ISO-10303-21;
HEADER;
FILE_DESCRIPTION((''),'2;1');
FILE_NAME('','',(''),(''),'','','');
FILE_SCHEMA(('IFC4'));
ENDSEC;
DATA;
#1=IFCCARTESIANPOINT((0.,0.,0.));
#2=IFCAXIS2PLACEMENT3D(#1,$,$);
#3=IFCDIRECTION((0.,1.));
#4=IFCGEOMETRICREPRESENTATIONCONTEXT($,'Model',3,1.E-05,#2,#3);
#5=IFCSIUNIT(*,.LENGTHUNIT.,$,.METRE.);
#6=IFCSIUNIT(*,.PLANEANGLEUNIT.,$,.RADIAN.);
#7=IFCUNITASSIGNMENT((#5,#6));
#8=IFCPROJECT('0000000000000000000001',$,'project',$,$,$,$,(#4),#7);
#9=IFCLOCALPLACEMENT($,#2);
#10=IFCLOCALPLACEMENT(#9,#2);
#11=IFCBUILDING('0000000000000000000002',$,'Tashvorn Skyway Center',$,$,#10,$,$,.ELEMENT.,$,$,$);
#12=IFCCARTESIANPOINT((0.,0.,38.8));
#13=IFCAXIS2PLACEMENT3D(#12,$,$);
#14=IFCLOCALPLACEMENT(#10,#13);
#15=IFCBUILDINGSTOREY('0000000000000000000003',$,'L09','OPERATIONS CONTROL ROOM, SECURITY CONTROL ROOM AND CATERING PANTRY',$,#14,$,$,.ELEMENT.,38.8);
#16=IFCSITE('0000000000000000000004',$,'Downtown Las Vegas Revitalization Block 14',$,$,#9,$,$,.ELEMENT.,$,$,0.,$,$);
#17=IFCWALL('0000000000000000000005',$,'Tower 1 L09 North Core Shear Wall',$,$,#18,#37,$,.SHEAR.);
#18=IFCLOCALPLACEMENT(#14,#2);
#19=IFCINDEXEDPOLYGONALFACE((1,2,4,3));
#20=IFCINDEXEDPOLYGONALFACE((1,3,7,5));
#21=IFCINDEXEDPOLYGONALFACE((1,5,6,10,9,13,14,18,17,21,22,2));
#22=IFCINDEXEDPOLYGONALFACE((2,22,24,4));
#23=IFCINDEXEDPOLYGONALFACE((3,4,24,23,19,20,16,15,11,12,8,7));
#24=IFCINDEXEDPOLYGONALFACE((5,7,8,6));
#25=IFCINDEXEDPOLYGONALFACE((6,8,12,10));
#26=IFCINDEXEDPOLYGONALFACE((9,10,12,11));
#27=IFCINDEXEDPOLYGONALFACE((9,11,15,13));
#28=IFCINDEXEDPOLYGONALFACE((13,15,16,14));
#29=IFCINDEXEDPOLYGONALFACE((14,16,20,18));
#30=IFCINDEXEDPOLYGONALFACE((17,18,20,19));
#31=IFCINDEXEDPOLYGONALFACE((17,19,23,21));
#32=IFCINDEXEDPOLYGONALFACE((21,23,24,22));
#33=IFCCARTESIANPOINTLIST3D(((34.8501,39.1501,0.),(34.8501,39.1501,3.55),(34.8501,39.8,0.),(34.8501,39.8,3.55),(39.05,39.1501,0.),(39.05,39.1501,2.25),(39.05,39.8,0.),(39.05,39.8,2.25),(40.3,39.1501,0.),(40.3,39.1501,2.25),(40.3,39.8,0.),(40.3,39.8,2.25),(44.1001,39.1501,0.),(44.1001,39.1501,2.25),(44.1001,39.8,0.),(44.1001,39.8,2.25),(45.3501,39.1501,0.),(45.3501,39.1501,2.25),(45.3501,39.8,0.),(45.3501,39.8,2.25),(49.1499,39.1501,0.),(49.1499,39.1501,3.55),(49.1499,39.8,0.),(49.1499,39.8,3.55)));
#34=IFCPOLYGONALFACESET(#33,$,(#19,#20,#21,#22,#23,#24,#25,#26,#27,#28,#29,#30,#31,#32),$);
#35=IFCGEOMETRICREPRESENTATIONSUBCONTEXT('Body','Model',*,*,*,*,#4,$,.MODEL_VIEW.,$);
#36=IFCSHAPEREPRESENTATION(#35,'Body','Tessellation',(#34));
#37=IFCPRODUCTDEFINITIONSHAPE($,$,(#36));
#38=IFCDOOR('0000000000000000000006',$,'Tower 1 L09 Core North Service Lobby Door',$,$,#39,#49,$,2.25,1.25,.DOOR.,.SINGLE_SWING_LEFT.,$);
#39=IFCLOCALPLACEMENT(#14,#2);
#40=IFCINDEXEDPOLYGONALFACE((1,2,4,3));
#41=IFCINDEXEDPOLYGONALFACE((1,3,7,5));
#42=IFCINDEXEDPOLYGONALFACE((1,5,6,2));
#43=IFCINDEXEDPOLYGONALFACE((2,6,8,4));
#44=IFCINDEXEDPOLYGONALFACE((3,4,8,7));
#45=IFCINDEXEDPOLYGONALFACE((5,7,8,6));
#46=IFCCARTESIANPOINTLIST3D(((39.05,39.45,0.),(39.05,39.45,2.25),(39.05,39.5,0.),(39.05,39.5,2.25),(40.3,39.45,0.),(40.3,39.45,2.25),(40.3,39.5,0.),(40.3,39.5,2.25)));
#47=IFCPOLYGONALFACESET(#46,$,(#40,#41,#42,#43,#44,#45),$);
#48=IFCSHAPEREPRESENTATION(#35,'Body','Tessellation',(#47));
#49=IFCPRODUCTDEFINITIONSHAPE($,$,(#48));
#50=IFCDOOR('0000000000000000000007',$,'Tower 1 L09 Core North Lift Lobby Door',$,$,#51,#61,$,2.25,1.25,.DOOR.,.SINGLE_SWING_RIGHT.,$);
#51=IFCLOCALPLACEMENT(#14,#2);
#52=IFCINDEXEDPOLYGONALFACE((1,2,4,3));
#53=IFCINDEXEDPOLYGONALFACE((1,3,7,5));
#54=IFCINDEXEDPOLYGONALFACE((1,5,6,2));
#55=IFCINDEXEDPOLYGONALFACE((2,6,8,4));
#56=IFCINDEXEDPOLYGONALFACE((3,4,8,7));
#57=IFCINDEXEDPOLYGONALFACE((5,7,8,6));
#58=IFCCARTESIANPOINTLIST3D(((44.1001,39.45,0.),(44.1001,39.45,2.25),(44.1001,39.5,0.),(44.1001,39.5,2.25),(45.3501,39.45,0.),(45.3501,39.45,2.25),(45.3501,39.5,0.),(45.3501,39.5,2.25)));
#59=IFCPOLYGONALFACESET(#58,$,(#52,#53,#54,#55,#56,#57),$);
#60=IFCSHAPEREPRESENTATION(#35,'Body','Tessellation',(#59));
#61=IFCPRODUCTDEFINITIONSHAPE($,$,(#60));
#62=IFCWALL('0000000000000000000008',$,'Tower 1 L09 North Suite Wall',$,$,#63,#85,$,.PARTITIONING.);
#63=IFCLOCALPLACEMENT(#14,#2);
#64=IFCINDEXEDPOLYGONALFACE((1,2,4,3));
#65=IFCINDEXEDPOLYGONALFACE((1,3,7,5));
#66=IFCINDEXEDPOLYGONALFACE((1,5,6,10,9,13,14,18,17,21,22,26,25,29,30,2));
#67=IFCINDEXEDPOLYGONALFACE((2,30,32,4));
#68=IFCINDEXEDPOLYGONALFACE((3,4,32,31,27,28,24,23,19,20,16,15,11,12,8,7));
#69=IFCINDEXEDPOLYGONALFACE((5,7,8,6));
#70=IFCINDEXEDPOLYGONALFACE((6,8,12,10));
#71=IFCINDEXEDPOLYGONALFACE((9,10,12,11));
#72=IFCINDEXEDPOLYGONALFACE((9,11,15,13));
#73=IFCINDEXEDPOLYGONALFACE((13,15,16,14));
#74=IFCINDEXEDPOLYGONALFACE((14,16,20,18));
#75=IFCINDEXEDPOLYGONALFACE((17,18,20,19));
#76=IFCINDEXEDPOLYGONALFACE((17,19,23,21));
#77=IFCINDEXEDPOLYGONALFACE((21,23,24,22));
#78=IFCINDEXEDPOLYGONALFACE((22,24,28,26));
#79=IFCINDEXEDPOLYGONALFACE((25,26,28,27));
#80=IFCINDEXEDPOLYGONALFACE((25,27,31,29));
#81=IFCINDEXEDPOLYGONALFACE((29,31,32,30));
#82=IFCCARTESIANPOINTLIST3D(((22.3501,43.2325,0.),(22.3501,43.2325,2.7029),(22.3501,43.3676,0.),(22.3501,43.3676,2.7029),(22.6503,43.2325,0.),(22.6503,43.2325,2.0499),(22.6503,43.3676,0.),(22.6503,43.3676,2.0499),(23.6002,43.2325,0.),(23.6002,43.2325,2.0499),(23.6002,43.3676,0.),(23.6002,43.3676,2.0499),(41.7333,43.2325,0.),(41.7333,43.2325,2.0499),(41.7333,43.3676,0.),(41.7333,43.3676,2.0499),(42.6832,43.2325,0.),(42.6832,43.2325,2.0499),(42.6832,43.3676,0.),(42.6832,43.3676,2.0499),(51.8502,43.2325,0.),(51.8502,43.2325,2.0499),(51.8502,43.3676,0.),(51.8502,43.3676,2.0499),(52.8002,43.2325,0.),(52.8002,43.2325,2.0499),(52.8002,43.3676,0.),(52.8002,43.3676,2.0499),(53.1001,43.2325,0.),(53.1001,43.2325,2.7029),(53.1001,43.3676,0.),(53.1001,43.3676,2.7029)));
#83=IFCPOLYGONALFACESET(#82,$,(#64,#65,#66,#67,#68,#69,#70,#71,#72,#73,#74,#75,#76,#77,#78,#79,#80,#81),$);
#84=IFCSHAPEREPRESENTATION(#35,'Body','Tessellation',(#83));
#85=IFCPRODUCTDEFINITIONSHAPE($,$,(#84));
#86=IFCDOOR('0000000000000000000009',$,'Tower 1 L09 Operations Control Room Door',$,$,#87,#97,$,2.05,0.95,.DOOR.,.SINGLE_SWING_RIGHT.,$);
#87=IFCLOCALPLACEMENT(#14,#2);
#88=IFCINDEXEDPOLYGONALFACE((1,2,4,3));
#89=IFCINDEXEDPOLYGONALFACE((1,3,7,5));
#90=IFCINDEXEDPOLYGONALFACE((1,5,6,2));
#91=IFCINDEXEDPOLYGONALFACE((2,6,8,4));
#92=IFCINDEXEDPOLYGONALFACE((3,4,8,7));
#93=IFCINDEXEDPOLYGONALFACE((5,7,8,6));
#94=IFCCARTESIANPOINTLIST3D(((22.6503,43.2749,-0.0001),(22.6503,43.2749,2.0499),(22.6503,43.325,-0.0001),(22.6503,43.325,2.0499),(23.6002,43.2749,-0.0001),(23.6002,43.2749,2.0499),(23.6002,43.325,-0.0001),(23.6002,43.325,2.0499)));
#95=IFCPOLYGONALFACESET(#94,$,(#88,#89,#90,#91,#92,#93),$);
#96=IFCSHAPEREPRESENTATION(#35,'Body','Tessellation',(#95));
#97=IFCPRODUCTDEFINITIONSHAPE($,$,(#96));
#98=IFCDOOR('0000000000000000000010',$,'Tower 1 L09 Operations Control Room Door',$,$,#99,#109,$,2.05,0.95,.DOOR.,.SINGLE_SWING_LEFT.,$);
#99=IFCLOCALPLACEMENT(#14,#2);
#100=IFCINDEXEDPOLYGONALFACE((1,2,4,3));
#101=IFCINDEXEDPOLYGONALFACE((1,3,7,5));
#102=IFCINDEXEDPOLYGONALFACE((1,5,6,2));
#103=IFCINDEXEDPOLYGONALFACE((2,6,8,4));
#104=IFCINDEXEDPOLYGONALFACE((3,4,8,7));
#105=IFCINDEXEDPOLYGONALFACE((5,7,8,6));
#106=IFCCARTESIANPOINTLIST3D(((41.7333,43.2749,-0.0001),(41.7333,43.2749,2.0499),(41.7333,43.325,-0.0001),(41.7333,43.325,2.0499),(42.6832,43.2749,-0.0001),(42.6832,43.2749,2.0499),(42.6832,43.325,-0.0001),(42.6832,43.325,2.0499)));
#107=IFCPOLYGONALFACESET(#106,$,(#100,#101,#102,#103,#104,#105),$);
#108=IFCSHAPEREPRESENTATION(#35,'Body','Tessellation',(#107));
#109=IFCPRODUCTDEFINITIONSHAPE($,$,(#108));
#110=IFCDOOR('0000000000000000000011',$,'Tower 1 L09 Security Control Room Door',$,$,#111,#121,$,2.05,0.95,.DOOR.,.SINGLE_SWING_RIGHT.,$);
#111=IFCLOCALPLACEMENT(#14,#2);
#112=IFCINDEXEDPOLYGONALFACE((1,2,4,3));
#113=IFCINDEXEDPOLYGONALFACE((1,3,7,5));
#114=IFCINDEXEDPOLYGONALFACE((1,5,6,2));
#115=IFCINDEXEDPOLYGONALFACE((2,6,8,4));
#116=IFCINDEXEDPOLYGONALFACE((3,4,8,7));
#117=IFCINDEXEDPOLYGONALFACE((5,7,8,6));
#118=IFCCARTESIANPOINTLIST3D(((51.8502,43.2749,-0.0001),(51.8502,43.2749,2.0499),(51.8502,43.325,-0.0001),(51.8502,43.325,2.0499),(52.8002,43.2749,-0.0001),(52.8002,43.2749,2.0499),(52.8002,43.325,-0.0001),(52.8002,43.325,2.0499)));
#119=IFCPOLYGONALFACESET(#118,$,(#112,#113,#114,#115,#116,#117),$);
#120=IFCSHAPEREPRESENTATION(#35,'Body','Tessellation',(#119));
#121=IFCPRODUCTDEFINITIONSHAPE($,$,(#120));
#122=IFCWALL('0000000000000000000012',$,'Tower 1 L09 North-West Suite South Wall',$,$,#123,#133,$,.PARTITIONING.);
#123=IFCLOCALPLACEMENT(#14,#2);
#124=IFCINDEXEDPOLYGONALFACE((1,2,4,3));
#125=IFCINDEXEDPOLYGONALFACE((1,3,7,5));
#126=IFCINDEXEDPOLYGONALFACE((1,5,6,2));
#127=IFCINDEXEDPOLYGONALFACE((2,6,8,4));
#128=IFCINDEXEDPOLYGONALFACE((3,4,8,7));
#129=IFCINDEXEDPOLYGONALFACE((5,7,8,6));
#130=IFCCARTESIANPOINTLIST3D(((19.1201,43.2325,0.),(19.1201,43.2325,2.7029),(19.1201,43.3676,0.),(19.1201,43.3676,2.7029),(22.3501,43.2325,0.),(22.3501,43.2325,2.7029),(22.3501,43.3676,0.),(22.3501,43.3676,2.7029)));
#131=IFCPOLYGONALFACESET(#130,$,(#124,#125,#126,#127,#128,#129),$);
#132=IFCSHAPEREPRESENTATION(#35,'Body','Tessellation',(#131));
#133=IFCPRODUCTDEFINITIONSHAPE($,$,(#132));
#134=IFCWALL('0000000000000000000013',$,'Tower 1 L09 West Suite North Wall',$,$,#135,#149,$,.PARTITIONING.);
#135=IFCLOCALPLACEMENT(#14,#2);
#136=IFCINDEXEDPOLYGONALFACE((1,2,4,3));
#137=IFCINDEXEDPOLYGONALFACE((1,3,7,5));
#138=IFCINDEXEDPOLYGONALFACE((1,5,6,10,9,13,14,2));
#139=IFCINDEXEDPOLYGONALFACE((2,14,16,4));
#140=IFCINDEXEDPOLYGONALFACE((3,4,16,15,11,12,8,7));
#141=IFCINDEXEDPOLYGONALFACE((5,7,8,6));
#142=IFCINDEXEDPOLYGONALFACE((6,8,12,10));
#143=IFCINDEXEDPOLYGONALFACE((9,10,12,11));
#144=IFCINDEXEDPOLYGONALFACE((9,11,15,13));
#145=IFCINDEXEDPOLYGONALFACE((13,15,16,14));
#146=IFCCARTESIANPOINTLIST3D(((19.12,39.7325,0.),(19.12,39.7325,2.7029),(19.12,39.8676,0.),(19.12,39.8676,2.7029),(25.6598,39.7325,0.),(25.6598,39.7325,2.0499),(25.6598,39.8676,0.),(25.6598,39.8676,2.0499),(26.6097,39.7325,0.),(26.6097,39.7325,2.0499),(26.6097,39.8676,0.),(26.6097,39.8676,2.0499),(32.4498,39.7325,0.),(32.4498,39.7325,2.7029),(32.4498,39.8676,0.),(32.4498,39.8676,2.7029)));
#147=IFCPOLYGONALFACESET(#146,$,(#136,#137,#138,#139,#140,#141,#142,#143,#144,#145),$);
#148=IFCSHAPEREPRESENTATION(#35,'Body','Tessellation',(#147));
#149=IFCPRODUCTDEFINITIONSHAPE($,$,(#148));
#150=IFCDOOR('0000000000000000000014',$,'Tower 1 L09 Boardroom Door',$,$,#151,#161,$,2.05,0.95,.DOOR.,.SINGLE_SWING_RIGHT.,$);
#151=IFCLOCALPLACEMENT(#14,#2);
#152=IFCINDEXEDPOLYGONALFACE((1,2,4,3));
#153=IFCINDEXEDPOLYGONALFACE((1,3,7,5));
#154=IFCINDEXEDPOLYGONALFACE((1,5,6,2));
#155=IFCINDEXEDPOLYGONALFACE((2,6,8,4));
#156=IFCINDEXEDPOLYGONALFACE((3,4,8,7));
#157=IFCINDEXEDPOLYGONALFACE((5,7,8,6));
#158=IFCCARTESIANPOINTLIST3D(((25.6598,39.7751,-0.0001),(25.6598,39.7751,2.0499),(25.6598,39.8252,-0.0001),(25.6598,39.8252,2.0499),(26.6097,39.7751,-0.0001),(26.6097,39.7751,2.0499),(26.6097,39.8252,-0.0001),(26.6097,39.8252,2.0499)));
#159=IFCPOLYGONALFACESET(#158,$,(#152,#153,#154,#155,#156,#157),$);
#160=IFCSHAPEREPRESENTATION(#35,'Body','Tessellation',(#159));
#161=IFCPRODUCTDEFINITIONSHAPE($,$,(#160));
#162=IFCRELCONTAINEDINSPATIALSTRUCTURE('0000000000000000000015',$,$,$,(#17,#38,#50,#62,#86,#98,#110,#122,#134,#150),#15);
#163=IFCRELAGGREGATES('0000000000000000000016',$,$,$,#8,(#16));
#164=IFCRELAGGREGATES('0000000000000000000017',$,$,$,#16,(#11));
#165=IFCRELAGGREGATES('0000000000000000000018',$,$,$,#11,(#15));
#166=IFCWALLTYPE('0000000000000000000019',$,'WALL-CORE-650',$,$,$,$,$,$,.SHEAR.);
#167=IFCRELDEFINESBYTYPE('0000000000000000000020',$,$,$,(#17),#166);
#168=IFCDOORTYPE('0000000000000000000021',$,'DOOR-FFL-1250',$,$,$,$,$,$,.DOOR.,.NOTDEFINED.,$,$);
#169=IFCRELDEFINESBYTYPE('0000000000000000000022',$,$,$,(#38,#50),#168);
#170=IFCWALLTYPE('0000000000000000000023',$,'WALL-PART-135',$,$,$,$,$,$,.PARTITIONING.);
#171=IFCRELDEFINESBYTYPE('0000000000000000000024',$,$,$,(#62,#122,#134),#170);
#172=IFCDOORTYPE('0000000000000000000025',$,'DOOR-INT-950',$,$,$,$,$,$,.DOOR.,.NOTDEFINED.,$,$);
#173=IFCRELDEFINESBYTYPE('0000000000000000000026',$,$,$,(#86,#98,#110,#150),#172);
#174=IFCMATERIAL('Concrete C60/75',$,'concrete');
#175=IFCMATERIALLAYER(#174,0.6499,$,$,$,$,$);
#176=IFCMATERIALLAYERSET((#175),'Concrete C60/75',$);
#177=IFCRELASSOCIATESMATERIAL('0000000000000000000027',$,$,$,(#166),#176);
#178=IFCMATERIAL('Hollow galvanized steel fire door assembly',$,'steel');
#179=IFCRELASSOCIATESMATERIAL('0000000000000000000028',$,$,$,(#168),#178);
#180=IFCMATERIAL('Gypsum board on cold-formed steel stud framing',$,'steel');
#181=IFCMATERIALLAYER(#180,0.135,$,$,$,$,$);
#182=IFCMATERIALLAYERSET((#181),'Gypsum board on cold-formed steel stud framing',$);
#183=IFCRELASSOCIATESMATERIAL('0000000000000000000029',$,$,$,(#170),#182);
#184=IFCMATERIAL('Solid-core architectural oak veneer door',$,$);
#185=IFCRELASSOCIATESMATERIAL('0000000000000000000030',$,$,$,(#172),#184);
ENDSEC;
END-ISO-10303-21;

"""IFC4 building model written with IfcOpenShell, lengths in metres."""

from ifc_helpers import new_model, si_unit, direction, frame, frame_2d, origin, place, context, subcontext, project, spatial, rectangle, extrude, material, layer, layer_set, type_object, element, fill, save


model = new_model("IFC4")

# Units and contexts
model_context = context("Model", 3, precision=1e-05, world=origin(), true_north=direction((0.0, 1.0)))
body_context = subcontext(model_context, "Body", "Model", "MODEL_VIEW")
ifc_project = project(units=[si_unit("LENGTHUNIT", "METRE"), si_unit("PLANEANGLEUNIT", "RADIAN")], contexts=[model_context])

# Site, building, storey
site_placement = place(None, origin())
site = spatial("IfcSite", under=ifc_project, at=site_placement, Name="Downtown Las Vegas Revitalization Block 14", CompositionType="ELEMENT", RefElevation=0.0)
building_placement = place(site_placement, origin())
building = spatial("IfcBuilding", under=site, at=building_placement, Name="Tashvorn Skyway Center", CompositionType="ELEMENT")
storey_placement = place(building_placement, frame((0.0, 0.0, 38.8)))
storey = spatial("IfcBuildingStorey", under=building, at=storey_placement, Name="L09", Description="OPERATIONS CONTROL ROOM, SECURITY CONTROL ROOM AND CATERING PANTRY", CompositionType="ELEMENT", Elevation=38.8)

# Walls, openings, doors
ifc_material_1 = material(Name="Concrete C60/75", Category="concrete")
ifc_layer_1 = layer(ifc_material_1, 0.6499)
ifc_layer_set_1 = layer_set([ifc_layer_1], Name="Concrete C60/75")
wall_type_1 = type_object("IfcWallType", Name="WALL-CORE-650", PredefinedType="SHEAR", material=ifc_layer_set_1)
wall_1_placement = place(storey_placement, frame((34.8501, 39.4751, 0.0), z_axis=(0.0, 0.0, 1.0), x_axis=(1.0, 0.0, 0.0)))
wall_1 = element("IfcWall", 1, at=wall_1_placement, inside=storey, type_object=wall_type_1, Name="Tower 1 L09 North Core Shear Wall", PredefinedType="SHEAR", context=body_context, shape_type="SweptSolid", body=[
    extrude(rectangle(XDim=14.2998, YDim=0.6499, at=frame_2d((7.1499, 0.0))), origin(), (0.0, 0.0, 1.0), 3.55),
])
opening_1_placement = place(wall_1_placement, frame((4.2, 0.0, 0.0)))
opening_1 = element("IfcOpeningElement", 2, at=opening_1_placement, cuts=wall_1, PredefinedType="OPENING", context=body_context, shape_type="SweptSolid", body=[
    extrude(rectangle(XDim=1.25, YDim=2.25, at=frame_2d((0.625, 1.125))), frame((0.0, 0.335, 0.0), z_axis=(0.0, -1.0, 0.0), x_axis=(1.0, 0.0, 0.0)), (0.0, 0.0, 1.0), 0.6699),
])
opening_2_placement = place(wall_1_placement, frame((9.25, 0.0, 0.0)))
opening_2 = element("IfcOpeningElement", 3, at=opening_2_placement, cuts=wall_1, PredefinedType="OPENING", context=body_context, shape_type="SweptSolid", body=[
    extrude(rectangle(XDim=1.25, YDim=2.25, at=frame_2d((0.625, 1.125))), frame((0.0, 0.335, 0.0), z_axis=(0.0, -1.0, 0.0), x_axis=(1.0, 0.0, 0.0)), (0.0, 0.0, 1.0), 0.6699),
])
ifc_material_2 = material(Name="Hollow galvanized steel fire door assembly", Category="steel")
door_type_1 = type_object("IfcDoorType", Name="DOOR-FFL-1250", OperationType="NOTDEFINED", PredefinedType="DOOR", material=ifc_material_2)
door_1_placement = place(opening_1_placement, origin())
door_1 = element("IfcDoor", 4, at=door_1_placement, inside=storey, type_object=door_type_1, Name="Tower 1 L09 Core North Service Lobby Door", OperationType="SINGLE_SWING_LEFT", OverallHeight=2.25, OverallWidth=1.25, PredefinedType="DOOR", context=body_context, shape_type="SweptSolid", body=[
    extrude(rectangle(XDim=1.25, YDim=2.25, at=frame_2d((0.625, 1.125))), frame((0.0, 0.0249, 0.0), z_axis=(0.0, -1.0, 0.0), x_axis=(1.0, 0.0, 0.0)), (0.0, 0.0, 1.0), 0.05),
])
fill(opening_1, door_1)
door_2_placement = place(opening_2_placement, origin())
door_2 = element("IfcDoor", 5, at=door_2_placement, inside=storey, type_object=door_type_1, Name="Tower 1 L09 Core North Lift Lobby Door", OperationType="SINGLE_SWING_RIGHT", OverallHeight=2.25, OverallWidth=1.25, PredefinedType="DOOR", context=body_context, shape_type="SweptSolid", body=[
    extrude(rectangle(XDim=1.25, YDim=2.25, at=frame_2d((0.625, 1.125))), frame((0.0, 0.0249, 0.0), z_axis=(0.0, -1.0, 0.0), x_axis=(1.0, 0.0, 0.0)), (0.0, 0.0, 1.0), 0.05),
])
fill(opening_2, door_2)
ifc_material_3 = material(Name="Gypsum board on cold-formed steel stud framing", Category="steel")
ifc_layer_2 = layer(ifc_material_3, 0.135)
ifc_layer_set_2 = layer_set([ifc_layer_2], Name="Gypsum board on cold-formed steel stud framing")
wall_type_2 = type_object("IfcWallType", Name="WALL-PART-135", PredefinedType="PARTITIONING", material=ifc_layer_set_2)
wall_2_placement = place(storey_placement, frame((22.3501, 43.3, 0.0), z_axis=(0.0, 0.0, 1.0), x_axis=(1.0, 0.0, 0.0)))
wall_2 = element("IfcWall", 6, at=wall_2_placement, inside=storey, type_object=wall_type_2, Name="Tower 1 L09 North Suite Wall", PredefinedType="PARTITIONING", context=body_context, shape_type="SweptSolid", body=[
    extrude(rectangle(XDim=30.75, YDim=0.135, at=frame_2d((15.375, 0.0))), origin(), (0.0, 0.0, 1.0), 2.7029),
])
opening_3_placement = place(wall_2_placement, frame((0.3, 0.0, 0.0)))
opening_3 = element("IfcOpeningElement", 7, at=opening_3_placement, cuts=wall_2, PredefinedType="OPENING", context=body_context, shape_type="SweptSolid", body=[
    extrude(rectangle(XDim=0.95, YDim=2.05, at=frame_2d((0.4751, 1.0249))), frame((0.0, 0.0774, 0.0), z_axis=(0.0, -1.0, 0.0), x_axis=(1.0, 0.0, 0.0)), (0.0, 0.0, 1.0), 0.155),
])
opening_4_placement = place(wall_2_placement, frame((19.3831, 0.0, 0.0)))
opening_4 = element("IfcOpeningElement", 8, at=opening_4_placement, cuts=wall_2, PredefinedType="OPENING", context=body_context, shape_type="SweptSolid", body=[
    extrude(rectangle(XDim=0.95, YDim=2.05, at=frame_2d((0.4751, 1.0249))), frame((0.0, 0.0774, 0.0), z_axis=(0.0, -1.0, 0.0), x_axis=(1.0, 0.0, 0.0)), (0.0, 0.0, 1.0), 0.155),
])
opening_5_placement = place(wall_2_placement, frame((29.5, 0.0, 0.0)))
opening_5 = element("IfcOpeningElement", 9, at=opening_5_placement, cuts=wall_2, PredefinedType="OPENING", context=body_context, shape_type="SweptSolid", body=[
    extrude(rectangle(XDim=0.95, YDim=2.05, at=frame_2d((0.4751, 1.0249))), frame((0.0, 0.0774, 0.0), z_axis=(0.0, -1.0, 0.0), x_axis=(1.0, 0.0, 0.0)), (0.0, 0.0, 1.0), 0.155),
])
ifc_material_4 = material(Name="Solid-core architectural oak veneer door")
door_type_2 = type_object("IfcDoorType", Name="DOOR-INT-950", OperationType="NOTDEFINED", PredefinedType="DOOR", material=ifc_material_4)
door_3_placement = place(opening_3_placement, origin())
door_3 = element("IfcDoor", 10, at=door_3_placement, inside=storey, type_object=door_type_2, Name="Tower 1 L09 Operations Control Room Door", OperationType="SINGLE_SWING_RIGHT", OverallHeight=2.05, OverallWidth=0.95, PredefinedType="DOOR", context=body_context, shape_type="SweptSolid", body=[
    extrude(rectangle(XDim=0.95, YDim=2.05, at=frame_2d((0.4751, 1.0249))), frame((0.0, 0.0249, 0.0), z_axis=(0.0, -1.0, 0.0), x_axis=(1.0, 0.0, 0.0)), (0.0, 0.0, 1.0), 0.05),
])
fill(opening_3, door_3)
door_4_placement = place(opening_4_placement, origin())
door_4 = element("IfcDoor", 11, at=door_4_placement, inside=storey, type_object=door_type_2, Name="Tower 1 L09 Operations Control Room Door", OperationType="SINGLE_SWING_LEFT", OverallHeight=2.05, OverallWidth=0.95, PredefinedType="DOOR", context=body_context, shape_type="SweptSolid", body=[
    extrude(rectangle(XDim=0.95, YDim=2.05, at=frame_2d((0.4751, 1.0249))), frame((0.0, 0.0249, 0.0), z_axis=(0.0, -1.0, 0.0), x_axis=(1.0, 0.0, 0.0)), (0.0, 0.0, 1.0), 0.05),
])
fill(opening_4, door_4)
door_5_placement = place(opening_5_placement, origin())
door_5 = element("IfcDoor", 12, at=door_5_placement, inside=storey, type_object=door_type_2, Name="Tower 1 L09 Security Control Room Door", OperationType="SINGLE_SWING_RIGHT", OverallHeight=2.05, OverallWidth=0.95, PredefinedType="DOOR", context=body_context, shape_type="SweptSolid", body=[
    extrude(rectangle(XDim=0.95, YDim=2.05, at=frame_2d((0.4751, 1.0249))), frame((0.0, 0.0249, 0.0), z_axis=(0.0, -1.0, 0.0), x_axis=(1.0, 0.0, 0.0)), (0.0, 0.0, 1.0), 0.05),
])
fill(opening_5, door_5)

# Wall
wall_3_placement = place(storey_placement, frame((19.1201, 43.3, 0.0), z_axis=(0.0, 0.0, 1.0), x_axis=(1.0, 0.0, 0.0)))
element("IfcWall", 13, at=wall_3_placement, inside=storey, type_object=wall_type_2, Name="Tower 1 L09 North-West Suite South Wall", PredefinedType="PARTITIONING", context=body_context, shape_type="SweptSolid", body=[
    extrude(rectangle(XDim=3.23, YDim=0.135, at=frame_2d((1.615, 0.0))), origin(), (0.0, 0.0, 1.0), 2.7029),
])

# Wall, opening, door
wall_4_placement = place(storey_placement, frame((32.45, 39.8, 0.0), z_axis=(0.0, 0.0, 1.0), x_axis=(-1.0, 0.0, 0.0)))
wall_4 = element("IfcWall", 14, at=wall_4_placement, inside=storey, type_object=wall_type_2, Name="Tower 1 L09 West Suite North Wall", PredefinedType="PARTITIONING", context=body_context, shape_type="SweptSolid", body=[
    extrude(rectangle(XDim=13.3298, YDim=0.135, at=frame_2d((6.665, 0.0))), origin(), (0.0, 0.0, 1.0), 2.7029),
])
opening_6_placement = place(wall_4_placement, frame((5.8401, 0.0, 0.0)))
opening_6 = element("IfcOpeningElement", 15, at=opening_6_placement, cuts=wall_4, PredefinedType="OPENING", context=body_context, shape_type="SweptSolid", body=[
    extrude(rectangle(XDim=0.95, YDim=2.05, at=frame_2d((0.4751, 1.0249))), frame((0.0, 0.0774, 0.0), z_axis=(0.0, -1.0, 0.0), x_axis=(1.0, 0.0, 0.0)), (0.0, 0.0, 1.0), 0.155),
])
door_6_placement = place(opening_6_placement, origin())
door_6 = element("IfcDoor", 16, at=door_6_placement, inside=storey, type_object=door_type_2, Name="Tower 1 L09 Boardroom Door", OperationType="SINGLE_SWING_RIGHT", OverallHeight=2.05, OverallWidth=0.95, PredefinedType="DOOR", context=body_context, shape_type="SweptSolid", body=[
    extrude(rectangle(XDim=0.95, YDim=2.05, at=frame_2d((0.4751, 1.0249))), frame((0.0, 0.0249, 0.0), z_axis=(0.0, -1.0, 0.0), x_axis=(1.0, 0.0, 0.0)), (0.0, 0.0, 1.0), 0.05),
])
fill(opening_6, door_6)

save(model, "model.ifc")
